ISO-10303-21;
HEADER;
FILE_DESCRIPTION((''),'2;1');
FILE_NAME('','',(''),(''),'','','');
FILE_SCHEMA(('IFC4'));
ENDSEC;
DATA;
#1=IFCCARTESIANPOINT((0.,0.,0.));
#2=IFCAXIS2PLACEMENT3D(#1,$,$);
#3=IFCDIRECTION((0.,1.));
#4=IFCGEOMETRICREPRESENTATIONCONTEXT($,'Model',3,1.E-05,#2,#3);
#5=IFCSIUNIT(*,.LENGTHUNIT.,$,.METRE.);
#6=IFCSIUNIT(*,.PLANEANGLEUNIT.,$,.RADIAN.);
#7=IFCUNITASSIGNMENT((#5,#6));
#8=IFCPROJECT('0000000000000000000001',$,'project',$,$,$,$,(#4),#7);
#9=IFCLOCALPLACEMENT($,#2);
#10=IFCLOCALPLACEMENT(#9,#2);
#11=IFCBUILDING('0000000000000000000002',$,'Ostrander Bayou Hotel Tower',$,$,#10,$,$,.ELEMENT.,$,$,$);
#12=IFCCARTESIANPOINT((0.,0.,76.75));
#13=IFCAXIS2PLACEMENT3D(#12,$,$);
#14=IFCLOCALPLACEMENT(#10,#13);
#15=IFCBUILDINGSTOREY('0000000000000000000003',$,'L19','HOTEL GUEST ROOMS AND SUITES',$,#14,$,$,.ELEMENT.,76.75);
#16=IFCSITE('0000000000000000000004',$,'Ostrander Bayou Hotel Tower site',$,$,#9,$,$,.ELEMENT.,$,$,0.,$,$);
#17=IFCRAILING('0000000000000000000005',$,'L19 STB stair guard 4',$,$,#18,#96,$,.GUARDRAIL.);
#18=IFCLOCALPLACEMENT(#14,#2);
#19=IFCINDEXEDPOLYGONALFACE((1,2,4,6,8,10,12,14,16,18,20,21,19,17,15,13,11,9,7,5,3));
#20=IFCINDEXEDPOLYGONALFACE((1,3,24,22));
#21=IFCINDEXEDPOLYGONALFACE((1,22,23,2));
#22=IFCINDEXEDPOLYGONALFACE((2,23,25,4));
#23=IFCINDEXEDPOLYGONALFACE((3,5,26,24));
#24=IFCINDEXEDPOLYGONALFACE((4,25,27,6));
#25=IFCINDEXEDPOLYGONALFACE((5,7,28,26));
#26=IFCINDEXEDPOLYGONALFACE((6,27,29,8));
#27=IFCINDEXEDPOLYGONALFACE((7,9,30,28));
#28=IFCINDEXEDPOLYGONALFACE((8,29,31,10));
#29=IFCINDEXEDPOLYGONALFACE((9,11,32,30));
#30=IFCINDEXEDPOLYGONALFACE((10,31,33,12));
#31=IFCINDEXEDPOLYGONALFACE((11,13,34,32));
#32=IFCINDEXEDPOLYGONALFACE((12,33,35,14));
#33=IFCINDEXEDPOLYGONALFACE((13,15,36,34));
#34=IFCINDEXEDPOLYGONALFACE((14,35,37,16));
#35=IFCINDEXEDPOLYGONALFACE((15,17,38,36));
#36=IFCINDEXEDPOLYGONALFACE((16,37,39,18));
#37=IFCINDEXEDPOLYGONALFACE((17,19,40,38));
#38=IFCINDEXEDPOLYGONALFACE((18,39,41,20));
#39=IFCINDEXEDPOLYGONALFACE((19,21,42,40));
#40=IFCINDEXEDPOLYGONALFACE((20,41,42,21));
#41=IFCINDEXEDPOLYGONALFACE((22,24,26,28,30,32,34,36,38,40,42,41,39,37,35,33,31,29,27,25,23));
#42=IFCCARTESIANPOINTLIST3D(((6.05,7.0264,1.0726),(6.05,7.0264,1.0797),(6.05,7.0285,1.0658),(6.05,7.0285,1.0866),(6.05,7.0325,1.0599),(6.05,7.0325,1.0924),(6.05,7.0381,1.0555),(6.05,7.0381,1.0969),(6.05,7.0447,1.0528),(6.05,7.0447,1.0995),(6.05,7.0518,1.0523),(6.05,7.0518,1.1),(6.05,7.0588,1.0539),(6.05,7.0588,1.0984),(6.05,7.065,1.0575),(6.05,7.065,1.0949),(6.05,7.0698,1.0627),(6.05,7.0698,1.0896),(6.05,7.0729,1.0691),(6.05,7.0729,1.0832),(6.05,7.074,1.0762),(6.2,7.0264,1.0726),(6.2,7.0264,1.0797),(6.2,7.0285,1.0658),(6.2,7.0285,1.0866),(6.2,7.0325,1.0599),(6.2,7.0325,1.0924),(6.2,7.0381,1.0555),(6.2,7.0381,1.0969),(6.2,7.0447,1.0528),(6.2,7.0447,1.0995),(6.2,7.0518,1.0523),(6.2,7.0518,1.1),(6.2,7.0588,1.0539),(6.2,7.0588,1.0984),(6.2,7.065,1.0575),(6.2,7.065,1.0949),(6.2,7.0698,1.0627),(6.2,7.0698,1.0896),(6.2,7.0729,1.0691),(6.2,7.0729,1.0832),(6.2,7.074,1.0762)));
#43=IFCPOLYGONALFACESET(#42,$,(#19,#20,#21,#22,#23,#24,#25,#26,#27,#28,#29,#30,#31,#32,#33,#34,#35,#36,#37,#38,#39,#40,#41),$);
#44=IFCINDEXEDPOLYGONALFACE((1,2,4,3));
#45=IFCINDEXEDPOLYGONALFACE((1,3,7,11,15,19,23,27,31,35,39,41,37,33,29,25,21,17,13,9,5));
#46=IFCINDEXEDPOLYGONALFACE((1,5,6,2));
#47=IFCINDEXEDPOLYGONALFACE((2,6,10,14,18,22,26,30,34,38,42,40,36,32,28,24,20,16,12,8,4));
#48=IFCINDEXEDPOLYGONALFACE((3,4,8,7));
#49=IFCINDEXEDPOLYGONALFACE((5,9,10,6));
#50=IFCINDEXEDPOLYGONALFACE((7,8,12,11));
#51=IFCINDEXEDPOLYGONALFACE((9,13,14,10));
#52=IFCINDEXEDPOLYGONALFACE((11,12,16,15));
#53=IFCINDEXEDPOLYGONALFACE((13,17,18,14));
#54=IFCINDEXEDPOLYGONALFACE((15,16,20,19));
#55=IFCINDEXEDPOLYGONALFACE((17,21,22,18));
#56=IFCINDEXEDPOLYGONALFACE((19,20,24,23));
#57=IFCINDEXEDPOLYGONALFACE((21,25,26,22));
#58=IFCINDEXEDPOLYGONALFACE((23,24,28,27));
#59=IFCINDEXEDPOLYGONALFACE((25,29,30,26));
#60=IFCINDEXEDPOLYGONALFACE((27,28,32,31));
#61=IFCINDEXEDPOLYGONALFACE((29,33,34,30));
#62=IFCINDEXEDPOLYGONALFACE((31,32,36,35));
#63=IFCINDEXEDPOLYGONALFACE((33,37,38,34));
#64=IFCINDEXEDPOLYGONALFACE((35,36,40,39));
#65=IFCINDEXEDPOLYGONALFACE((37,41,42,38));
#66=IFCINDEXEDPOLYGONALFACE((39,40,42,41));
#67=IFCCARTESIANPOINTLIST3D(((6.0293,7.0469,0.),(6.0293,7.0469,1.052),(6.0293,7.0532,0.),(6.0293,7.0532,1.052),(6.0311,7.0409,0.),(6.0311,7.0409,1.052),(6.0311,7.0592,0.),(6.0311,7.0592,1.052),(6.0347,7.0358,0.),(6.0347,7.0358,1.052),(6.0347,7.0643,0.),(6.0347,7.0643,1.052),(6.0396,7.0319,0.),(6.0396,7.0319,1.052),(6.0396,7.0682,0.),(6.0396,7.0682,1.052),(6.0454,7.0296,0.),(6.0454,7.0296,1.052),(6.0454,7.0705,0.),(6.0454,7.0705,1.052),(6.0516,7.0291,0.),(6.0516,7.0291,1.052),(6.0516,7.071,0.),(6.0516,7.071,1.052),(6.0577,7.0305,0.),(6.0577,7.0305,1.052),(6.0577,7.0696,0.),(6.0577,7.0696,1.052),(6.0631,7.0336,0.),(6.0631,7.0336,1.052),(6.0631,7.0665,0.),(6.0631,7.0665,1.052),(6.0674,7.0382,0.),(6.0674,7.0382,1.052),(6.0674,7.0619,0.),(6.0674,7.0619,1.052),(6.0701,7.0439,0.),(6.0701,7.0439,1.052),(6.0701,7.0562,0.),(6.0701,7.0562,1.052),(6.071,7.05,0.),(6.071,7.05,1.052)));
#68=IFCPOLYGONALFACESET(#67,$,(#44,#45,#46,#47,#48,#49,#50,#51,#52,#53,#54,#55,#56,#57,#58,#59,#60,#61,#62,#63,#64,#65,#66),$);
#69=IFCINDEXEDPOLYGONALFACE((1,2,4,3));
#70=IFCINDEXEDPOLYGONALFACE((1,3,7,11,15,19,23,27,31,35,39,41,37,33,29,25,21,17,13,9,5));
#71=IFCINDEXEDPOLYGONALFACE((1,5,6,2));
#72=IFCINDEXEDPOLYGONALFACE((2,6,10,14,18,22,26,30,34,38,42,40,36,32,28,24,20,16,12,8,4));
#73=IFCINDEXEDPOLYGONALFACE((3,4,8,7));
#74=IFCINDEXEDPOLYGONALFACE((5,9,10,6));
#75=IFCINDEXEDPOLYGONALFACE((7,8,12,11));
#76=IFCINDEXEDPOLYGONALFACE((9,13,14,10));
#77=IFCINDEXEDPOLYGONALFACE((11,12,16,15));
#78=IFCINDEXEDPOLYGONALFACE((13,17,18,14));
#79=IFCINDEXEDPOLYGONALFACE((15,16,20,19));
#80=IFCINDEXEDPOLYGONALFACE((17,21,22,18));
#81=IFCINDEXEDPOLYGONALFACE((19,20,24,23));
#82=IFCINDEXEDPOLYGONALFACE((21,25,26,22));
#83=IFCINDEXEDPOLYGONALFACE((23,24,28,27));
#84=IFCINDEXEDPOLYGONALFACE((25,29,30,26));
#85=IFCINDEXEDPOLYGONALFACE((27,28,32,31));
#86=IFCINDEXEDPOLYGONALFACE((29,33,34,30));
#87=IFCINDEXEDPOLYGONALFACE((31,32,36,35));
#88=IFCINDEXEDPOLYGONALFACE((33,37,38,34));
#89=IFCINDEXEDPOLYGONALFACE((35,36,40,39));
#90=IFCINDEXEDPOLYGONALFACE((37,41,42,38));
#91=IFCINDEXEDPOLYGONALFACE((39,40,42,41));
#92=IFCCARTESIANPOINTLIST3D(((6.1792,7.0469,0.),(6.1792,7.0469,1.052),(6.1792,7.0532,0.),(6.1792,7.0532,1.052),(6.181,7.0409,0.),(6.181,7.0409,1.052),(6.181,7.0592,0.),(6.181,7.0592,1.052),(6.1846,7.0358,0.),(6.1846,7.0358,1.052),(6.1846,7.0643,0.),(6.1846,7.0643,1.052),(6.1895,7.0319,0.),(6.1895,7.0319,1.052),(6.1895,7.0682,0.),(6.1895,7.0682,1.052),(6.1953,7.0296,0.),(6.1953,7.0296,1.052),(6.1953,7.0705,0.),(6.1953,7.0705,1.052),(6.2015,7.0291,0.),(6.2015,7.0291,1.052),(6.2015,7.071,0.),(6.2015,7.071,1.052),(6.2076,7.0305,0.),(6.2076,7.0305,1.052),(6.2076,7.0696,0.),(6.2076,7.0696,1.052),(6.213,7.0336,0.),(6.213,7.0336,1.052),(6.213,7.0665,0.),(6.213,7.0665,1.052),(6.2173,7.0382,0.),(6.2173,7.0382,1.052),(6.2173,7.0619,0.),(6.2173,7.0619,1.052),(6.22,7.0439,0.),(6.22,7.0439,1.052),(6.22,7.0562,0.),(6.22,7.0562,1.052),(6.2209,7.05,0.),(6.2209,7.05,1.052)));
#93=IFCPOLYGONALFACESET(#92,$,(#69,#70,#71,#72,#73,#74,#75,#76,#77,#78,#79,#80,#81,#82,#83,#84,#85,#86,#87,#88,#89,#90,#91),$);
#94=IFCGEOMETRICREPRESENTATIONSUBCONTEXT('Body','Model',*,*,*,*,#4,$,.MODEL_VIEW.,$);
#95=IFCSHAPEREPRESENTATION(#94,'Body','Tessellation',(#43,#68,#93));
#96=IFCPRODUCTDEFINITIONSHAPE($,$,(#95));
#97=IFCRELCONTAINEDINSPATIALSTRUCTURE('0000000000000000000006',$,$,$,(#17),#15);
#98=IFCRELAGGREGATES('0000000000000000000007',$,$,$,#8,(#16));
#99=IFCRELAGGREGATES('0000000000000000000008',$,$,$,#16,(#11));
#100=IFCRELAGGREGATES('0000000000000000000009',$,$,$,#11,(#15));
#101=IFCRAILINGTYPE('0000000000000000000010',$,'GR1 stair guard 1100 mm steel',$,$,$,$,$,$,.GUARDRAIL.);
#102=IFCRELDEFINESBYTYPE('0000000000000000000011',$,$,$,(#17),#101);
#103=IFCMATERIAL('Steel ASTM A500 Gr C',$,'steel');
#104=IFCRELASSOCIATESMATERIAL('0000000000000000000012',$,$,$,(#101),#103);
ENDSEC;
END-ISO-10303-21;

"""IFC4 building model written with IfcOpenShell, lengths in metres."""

from ifc_helpers import new_model, si_unit, direction, frame, origin, origin_2d, place, context, subcontext, project, spatial, circle, extrude, material, type_object, element, save


model = new_model("IFC4")

# Units and contexts
model_context = context("Model", 3, precision=1e-05, world=origin(), true_north=direction((0.0, 1.0)))
body_context = subcontext(model_context, "Body", "Model", "MODEL_VIEW")
ifc_project = project(units=[si_unit("LENGTHUNIT", "METRE"), si_unit("PLANEANGLEUNIT", "RADIAN")], contexts=[model_context])

# Site, building, storey
site_placement = place(None, origin())
site = spatial("IfcSite", under=ifc_project, at=site_placement, Name="Ostrander Bayou Hotel Tower site", CompositionType="ELEMENT", RefElevation=0.0)
building_placement = place(site_placement, origin())
building = spatial("IfcBuilding", under=site, at=building_placement, Name="Ostrander Bayou Hotel Tower", CompositionType="ELEMENT")
storey_placement = place(building_placement, frame((0.0, 0.0, 76.75)))
storey = spatial("IfcBuildingStorey", under=building, at=storey_placement, Name="L19", Description="HOTEL GUEST ROOMS AND SUITES", CompositionType="ELEMENT", Elevation=76.75)

# Railing
ifc_material_1 = material(Name="Steel ASTM A500 Gr C", Category="steel")
railing_type_1 = type_object("IfcRailingType", Name="GR1 stair guard 1100 mm steel", PredefinedType="GUARDRAIL", material=ifc_material_1)
railing_1_placement = place(storey_placement, frame((6.05, 7.05, 0.0)))
element("IfcRailing", 1, at=railing_1_placement, inside=storey, type_object=railing_type_1, Name="L19 STB stair guard 4", PredefinedType="GUARDRAIL", context=body_context, shape_type="SweptSolid", body=[
    extrude(circle(Radius=0.0239, at=origin_2d()), frame((0.0, 0.0, 1.0762), z_axis=(1.0, 0.0, 0.0), x_axis=(0.0, 1.0, 0.0)), (0.0, 0.0, 1.0), 0.1499),
    extrude(circle(Radius=0.021, at=origin_2d()), origin(), (0.0, 0.0, 1.0), 1.052),
    extrude(circle(Radius=0.021, at=origin_2d()), frame((0.1499, 0.0, 0.0)), (0.0, 0.0, 1.0), 1.052),
])

save(model, "model.ifc")
